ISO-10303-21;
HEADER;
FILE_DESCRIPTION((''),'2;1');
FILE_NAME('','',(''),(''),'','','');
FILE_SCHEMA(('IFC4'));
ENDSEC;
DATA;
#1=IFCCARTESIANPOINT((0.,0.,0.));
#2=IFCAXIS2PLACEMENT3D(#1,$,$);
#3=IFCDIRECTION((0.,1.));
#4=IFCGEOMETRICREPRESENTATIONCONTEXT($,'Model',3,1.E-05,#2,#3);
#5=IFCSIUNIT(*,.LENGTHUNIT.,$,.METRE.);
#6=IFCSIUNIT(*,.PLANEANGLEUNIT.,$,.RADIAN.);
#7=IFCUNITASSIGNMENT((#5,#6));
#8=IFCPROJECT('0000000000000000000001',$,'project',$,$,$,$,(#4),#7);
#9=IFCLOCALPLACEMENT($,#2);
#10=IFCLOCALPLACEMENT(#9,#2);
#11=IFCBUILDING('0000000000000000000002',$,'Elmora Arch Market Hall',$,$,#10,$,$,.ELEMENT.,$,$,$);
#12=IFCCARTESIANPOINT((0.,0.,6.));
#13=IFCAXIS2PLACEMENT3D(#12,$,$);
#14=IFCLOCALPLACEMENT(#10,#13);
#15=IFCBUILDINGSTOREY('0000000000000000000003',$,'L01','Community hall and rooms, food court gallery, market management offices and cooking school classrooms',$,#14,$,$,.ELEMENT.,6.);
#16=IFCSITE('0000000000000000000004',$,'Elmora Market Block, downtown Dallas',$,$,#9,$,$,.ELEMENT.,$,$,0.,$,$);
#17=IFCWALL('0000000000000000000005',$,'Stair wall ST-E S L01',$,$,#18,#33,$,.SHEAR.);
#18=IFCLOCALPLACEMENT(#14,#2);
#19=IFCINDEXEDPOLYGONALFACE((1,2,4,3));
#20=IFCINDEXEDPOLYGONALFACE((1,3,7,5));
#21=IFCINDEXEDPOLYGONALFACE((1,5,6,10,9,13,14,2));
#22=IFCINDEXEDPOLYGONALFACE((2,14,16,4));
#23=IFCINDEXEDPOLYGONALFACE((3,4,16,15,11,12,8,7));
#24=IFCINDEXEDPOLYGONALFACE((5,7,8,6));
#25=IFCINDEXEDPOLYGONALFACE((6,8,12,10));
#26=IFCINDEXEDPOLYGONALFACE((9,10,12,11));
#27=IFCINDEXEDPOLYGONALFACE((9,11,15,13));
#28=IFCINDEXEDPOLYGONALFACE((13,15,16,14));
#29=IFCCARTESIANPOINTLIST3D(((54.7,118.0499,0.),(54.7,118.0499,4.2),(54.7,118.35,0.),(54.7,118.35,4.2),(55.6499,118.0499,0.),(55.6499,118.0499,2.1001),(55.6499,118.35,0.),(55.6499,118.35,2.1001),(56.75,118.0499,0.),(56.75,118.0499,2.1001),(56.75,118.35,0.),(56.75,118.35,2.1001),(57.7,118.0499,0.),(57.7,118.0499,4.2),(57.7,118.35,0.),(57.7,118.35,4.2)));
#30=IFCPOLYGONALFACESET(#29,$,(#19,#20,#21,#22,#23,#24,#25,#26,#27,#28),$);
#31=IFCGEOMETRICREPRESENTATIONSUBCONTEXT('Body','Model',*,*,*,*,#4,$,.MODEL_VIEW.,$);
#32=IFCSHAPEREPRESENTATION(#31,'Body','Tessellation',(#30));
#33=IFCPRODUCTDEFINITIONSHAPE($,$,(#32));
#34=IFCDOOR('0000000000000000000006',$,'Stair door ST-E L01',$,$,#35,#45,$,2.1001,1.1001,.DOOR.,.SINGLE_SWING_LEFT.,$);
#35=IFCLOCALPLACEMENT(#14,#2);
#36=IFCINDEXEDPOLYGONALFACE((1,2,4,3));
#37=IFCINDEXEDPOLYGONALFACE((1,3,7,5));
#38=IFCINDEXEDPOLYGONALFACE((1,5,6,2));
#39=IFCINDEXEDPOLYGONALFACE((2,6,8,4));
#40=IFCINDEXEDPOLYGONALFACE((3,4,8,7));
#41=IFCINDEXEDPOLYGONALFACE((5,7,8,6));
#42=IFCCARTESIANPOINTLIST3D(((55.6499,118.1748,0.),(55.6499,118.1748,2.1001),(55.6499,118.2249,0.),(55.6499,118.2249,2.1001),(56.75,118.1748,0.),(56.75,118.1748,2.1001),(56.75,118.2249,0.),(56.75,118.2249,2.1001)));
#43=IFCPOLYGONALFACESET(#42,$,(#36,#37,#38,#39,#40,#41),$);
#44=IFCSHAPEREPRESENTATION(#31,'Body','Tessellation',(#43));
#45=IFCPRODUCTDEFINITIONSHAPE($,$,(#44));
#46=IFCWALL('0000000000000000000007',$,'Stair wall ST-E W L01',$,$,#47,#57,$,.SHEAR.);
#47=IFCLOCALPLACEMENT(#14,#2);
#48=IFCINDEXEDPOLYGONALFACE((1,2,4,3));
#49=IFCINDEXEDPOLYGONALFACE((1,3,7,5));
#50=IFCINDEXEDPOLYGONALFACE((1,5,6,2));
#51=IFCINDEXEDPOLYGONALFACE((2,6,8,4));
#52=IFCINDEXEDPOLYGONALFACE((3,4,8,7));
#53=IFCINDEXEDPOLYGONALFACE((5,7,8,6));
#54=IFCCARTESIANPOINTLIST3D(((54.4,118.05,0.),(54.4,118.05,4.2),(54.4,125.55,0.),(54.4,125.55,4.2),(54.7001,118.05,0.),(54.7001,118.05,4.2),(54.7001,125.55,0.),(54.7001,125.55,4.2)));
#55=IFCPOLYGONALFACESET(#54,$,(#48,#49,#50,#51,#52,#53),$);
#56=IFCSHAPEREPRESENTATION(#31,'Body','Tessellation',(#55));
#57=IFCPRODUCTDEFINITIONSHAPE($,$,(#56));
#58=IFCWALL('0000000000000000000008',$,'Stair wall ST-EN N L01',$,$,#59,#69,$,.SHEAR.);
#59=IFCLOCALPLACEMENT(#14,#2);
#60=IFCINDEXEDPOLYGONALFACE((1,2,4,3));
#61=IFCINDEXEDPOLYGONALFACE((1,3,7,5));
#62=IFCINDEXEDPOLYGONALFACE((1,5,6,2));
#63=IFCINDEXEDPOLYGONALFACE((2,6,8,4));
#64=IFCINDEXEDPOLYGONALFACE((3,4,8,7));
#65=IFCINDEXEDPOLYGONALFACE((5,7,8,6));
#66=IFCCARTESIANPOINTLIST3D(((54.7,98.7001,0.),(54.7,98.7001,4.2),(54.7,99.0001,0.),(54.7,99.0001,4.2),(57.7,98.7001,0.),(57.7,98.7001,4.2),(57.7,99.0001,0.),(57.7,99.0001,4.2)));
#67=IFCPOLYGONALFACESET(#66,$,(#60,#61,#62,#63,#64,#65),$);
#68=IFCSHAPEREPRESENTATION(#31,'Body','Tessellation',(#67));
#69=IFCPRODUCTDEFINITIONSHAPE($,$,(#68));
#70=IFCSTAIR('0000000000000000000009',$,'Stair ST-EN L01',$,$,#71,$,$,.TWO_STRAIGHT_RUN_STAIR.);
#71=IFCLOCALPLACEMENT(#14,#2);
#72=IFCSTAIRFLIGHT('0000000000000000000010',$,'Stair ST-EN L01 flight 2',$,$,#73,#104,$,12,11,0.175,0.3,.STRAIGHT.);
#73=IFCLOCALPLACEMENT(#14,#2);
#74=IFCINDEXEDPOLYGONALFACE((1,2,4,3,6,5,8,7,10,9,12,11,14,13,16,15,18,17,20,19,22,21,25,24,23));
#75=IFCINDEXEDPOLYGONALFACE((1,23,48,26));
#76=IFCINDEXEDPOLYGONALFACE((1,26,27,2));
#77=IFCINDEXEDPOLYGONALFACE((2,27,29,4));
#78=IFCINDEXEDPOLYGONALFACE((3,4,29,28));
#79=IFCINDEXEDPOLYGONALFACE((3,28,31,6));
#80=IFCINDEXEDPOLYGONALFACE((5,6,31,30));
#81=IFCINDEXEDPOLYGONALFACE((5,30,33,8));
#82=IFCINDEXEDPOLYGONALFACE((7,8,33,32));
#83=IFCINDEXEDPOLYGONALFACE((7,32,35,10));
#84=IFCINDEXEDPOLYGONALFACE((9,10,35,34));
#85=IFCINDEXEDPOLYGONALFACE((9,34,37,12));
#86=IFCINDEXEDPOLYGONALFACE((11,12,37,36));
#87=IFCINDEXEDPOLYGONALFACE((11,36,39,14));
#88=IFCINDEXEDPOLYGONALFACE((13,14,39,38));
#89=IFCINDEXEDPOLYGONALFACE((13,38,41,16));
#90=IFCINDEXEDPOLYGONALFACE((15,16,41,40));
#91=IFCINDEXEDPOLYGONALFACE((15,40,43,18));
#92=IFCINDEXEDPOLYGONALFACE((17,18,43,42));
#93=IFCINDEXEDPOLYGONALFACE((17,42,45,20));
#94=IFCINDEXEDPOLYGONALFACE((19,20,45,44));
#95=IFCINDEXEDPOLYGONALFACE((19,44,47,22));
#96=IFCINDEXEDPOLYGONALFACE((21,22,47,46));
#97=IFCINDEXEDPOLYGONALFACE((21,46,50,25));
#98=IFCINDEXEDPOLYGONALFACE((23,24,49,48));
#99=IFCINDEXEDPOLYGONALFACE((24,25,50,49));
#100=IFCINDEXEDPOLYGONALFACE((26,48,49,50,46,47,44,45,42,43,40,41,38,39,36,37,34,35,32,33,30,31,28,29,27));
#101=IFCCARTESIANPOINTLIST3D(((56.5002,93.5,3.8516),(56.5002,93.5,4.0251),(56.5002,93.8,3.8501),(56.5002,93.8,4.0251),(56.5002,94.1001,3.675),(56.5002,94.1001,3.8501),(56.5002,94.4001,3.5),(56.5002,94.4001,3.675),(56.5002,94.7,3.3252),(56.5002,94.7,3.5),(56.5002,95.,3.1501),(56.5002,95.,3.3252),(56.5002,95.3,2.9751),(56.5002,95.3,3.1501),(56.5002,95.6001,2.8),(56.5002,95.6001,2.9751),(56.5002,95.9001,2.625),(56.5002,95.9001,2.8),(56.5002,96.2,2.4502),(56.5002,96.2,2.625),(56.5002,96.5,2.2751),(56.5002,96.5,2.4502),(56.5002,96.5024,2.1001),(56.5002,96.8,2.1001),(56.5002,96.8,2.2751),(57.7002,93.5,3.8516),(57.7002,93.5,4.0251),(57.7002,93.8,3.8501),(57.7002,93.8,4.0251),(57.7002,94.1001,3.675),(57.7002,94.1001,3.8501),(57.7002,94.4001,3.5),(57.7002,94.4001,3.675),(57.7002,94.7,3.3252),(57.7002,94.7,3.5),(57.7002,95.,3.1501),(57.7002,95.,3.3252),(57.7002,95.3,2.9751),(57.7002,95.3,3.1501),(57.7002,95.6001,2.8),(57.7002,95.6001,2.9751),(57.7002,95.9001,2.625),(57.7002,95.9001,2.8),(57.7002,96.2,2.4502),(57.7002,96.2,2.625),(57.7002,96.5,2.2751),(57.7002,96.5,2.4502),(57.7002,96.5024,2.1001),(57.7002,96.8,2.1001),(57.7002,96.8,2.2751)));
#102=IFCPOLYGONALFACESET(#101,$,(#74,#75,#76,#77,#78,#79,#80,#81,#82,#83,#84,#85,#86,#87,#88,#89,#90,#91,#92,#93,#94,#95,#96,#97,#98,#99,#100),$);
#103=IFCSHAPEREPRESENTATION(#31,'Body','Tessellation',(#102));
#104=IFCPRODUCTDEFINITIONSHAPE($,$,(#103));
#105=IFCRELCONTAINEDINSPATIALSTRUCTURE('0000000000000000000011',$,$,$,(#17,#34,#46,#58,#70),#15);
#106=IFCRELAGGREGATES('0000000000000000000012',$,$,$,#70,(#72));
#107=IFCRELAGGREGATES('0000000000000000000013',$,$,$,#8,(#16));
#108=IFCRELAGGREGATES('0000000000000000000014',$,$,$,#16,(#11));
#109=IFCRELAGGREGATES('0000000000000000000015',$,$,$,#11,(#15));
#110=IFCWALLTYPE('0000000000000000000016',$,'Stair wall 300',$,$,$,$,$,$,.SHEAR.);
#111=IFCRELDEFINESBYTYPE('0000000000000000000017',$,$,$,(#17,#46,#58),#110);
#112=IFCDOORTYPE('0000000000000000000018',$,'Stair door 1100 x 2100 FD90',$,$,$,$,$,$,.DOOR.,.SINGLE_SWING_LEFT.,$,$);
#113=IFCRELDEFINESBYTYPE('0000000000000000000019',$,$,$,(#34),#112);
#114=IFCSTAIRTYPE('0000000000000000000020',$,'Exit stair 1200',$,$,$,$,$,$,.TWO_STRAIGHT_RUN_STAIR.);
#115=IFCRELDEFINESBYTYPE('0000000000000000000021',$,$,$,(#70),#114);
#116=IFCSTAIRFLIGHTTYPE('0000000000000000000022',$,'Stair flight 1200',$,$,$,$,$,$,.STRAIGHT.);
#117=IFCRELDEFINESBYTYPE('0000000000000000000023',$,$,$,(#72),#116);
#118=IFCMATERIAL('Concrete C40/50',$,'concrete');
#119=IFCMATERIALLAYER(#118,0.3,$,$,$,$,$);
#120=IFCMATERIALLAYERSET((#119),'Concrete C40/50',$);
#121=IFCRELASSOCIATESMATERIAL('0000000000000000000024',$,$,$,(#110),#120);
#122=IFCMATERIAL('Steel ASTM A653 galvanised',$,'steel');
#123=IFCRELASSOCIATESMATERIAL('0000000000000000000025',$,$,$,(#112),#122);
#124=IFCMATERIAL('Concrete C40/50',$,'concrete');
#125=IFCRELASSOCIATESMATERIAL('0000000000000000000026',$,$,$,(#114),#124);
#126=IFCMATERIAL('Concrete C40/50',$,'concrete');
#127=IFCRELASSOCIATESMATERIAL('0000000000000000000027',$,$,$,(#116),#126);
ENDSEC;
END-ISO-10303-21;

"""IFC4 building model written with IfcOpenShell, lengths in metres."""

from ifc_helpers import new_model, si_unit, direction, frame, frame_2d, origin, place, context, subcontext, project, spatial, polyline, rectangle, outline, extrude, material, layer, layer_set, type_object, element, fill, aggregate, save


model = new_model("IFC4")

# Units and contexts
model_context = context("Model", 3, precision=1e-05, world=origin(), true_north=direction((0.0, 1.0)))
body_context = subcontext(model_context, "Body", "Model", "MODEL_VIEW")
ifc_project = project(units=[si_unit("LENGTHUNIT", "METRE"), si_unit("PLANEANGLEUNIT", "RADIAN")], contexts=[model_context])

# Site, building, storey
site_placement = place(None, origin())
site = spatial("IfcSite", under=ifc_project, at=site_placement, Name="Elmora Market Block, downtown Dallas", CompositionType="ELEMENT", RefElevation=0.0)
building_placement = place(site_placement, origin())
building = spatial("IfcBuilding", under=site, at=building_placement, Name="Elmora Arch Market Hall", CompositionType="ELEMENT")
storey_placement = place(building_placement, frame((0.0, 0.0, 6.0)))
storey = spatial("IfcBuildingStorey", under=building, at=storey_placement, Name="L01", Description="Community hall and rooms, food court gallery, market management offices and cooking school classrooms", CompositionType="ELEMENT", Elevation=6.0)

# Wall, opening, door
ifc_material_1 = material(Name="Concrete C40/50", Category="concrete")
ifc_layer_1 = layer(ifc_material_1, 0.3)
ifc_layer_set_1 = layer_set([ifc_layer_1], Name="Concrete C40/50")
wall_type_1 = type_object("IfcWallType", Name="Stair wall 300", PredefinedType="SHEAR", material=ifc_layer_set_1)
wall_1_placement = place(storey_placement, frame((54.7, 118.2, 0.0), z_axis=(0.0, 0.0, 1.0), x_axis=(1.0, 0.0, 0.0)))
wall_1 = element("IfcWall", 1, at=wall_1_placement, inside=storey, type_object=wall_type_1, Name="Stair wall ST-E S L01", PredefinedType="SHEAR", context=body_context, shape_type="SweptSolid", body=[
    extrude(rectangle(XDim=3.0, YDim=0.3, at=frame_2d((1.5, 0.0))), origin(), (0.0, 0.0, 1.0), 4.2),
])
opening_1_placement = place(wall_1_placement, frame((0.95, 0.0, 0.0)))
opening_1 = element("IfcOpeningElement", 2, at=opening_1_placement, cuts=wall_1, PredefinedType="OPENING", context=body_context, shape_type="SweptSolid", body=[
    extrude(rectangle(XDim=1.1001, YDim=2.1001, at=frame_2d((0.55, 1.05))), frame((0.0, 0.1599, 0.0), z_axis=(0.0, -1.0, 0.0), x_axis=(1.0, 0.0, 0.0)), (0.0, 0.0, 1.0), 0.3201),
])
ifc_material_2 = material(Name="Steel ASTM A653 galvanised", Category="steel")
door_type = type_object("IfcDoorType", Name="Stair door 1100 x 2100 FD90", OperationType="SINGLE_SWING_LEFT", PredefinedType="DOOR", material=ifc_material_2)
door_placement = place(opening_1_placement, origin())
door = element("IfcDoor", 3, at=door_placement, inside=storey, type_object=door_type, Name="Stair door ST-E L01", OperationType="SINGLE_SWING_LEFT", OverallHeight=2.1001, OverallWidth=1.1001, PredefinedType="DOOR", context=body_context, shape_type="SweptSolid", body=[
    extrude(rectangle(XDim=1.1001, YDim=2.1001, at=frame_2d((0.55, 1.05))), frame((0.0, 0.0249, 0.0), z_axis=(0.0, -1.0, 0.0), x_axis=(1.0, 0.0, 0.0)), (0.0, 0.0, 1.0), 0.05),
])
fill(opening_1, door)

# Walls
wall_2_placement = place(storey_placement, frame((54.55, 118.05, 0.0), z_axis=(0.0, 0.0, 1.0), x_axis=(0.0, 1.0, 0.0)))
element("IfcWall", 4, at=wall_2_placement, inside=storey, type_object=wall_type_1, Name="Stair wall ST-E W L01", PredefinedType="SHEAR", context=body_context, shape_type="SweptSolid", body=[
    extrude(rectangle(XDim=7.5, YDim=0.3, at=frame_2d((3.75, 0.0))), origin(), (0.0, 0.0, 1.0), 4.2),
])
wall_3_placement = place(storey_placement, frame((54.7, 98.8501, 0.0), z_axis=(0.0, 0.0, 1.0), x_axis=(1.0, 0.0, 0.0)))
element("IfcWall", 5, at=wall_3_placement, inside=storey, type_object=wall_type_1, Name="Stair wall ST-EN N L01", PredefinedType="SHEAR", context=body_context, shape_type="SweptSolid", body=[
    extrude(rectangle(XDim=3.0, YDim=0.3, at=frame_2d((1.5, 0.0))), origin(), (0.0, 0.0, 1.0), 4.2),
])

# Stair, stair flight
ifc_material_3 = material(Name="Concrete C40/50", Category="concrete")
stair_type = type_object("IfcStairType", Name="Exit stair 1200", PredefinedType="TWO_STRAIGHT_RUN_STAIR", material=ifc_material_3)
stair_placement = place(storey_placement, origin())
stair = element("IfcStair", 6, at=stair_placement, inside=storey, type_object=stair_type, Name="Stair ST-EN L01", PredefinedType="TWO_STRAIGHT_RUN_STAIR")
ifc_material_4 = material(Name="Concrete C40/50", Category="concrete")
stair_flight_type = type_object("IfcStairFlightType", Name="Stair flight 1200", PredefinedType="STRAIGHT", material=ifc_material_4)
stair_flight_placement = place(storey_placement, frame((57.1001, 96.8, 2.1001), z_axis=(0.0, 0.0, 1.0), x_axis=(0.0, -1.0, 0.0)))
stair_flight = element("IfcStairFlight", 7, at=stair_flight_placement, type_object=stair_flight_type, Name="Stair ST-EN L01 flight 2", NumberOfRisers=12, NumberOfTreads=11, PredefinedType="STRAIGHT", RiserHeight=0.175, TreadLength=0.3, context=body_context, shape_type="SweptSolid", body=[
    extrude(outline(polyline([(0.0, 0.0), (0.0, 0.175), (0.3, 0.175), (0.3, 0.3501), (0.6001, 0.3501), (0.6001, 0.5249), (0.8999, 0.5249), (0.8999, 0.7), (1.2, 0.7), (1.2, 0.875), (1.5, 0.875), (1.5, 1.05), (1.8, 1.05), (1.8, 1.2251), (2.1001, 1.2251), (2.1001, 1.3999), (2.3999, 1.3999), (2.3999, 1.575), (2.7, 1.575), (2.7, 1.75), (3.0, 1.75), (3.0, 1.925), (3.3, 1.925), (3.3, 2.1001), (3.3, 1.7515), (0.2976, 0.0), (0.0, 0.0)])), frame((0.0, 0.6001, 0.0), z_axis=(0.0, -1.0, 0.0), x_axis=(1.0, 0.0, 0.0)), (0.0, 0.0, 1.0), 1.2),
])
aggregate(stair, [stair_flight])

save(model, "model.ifc")
